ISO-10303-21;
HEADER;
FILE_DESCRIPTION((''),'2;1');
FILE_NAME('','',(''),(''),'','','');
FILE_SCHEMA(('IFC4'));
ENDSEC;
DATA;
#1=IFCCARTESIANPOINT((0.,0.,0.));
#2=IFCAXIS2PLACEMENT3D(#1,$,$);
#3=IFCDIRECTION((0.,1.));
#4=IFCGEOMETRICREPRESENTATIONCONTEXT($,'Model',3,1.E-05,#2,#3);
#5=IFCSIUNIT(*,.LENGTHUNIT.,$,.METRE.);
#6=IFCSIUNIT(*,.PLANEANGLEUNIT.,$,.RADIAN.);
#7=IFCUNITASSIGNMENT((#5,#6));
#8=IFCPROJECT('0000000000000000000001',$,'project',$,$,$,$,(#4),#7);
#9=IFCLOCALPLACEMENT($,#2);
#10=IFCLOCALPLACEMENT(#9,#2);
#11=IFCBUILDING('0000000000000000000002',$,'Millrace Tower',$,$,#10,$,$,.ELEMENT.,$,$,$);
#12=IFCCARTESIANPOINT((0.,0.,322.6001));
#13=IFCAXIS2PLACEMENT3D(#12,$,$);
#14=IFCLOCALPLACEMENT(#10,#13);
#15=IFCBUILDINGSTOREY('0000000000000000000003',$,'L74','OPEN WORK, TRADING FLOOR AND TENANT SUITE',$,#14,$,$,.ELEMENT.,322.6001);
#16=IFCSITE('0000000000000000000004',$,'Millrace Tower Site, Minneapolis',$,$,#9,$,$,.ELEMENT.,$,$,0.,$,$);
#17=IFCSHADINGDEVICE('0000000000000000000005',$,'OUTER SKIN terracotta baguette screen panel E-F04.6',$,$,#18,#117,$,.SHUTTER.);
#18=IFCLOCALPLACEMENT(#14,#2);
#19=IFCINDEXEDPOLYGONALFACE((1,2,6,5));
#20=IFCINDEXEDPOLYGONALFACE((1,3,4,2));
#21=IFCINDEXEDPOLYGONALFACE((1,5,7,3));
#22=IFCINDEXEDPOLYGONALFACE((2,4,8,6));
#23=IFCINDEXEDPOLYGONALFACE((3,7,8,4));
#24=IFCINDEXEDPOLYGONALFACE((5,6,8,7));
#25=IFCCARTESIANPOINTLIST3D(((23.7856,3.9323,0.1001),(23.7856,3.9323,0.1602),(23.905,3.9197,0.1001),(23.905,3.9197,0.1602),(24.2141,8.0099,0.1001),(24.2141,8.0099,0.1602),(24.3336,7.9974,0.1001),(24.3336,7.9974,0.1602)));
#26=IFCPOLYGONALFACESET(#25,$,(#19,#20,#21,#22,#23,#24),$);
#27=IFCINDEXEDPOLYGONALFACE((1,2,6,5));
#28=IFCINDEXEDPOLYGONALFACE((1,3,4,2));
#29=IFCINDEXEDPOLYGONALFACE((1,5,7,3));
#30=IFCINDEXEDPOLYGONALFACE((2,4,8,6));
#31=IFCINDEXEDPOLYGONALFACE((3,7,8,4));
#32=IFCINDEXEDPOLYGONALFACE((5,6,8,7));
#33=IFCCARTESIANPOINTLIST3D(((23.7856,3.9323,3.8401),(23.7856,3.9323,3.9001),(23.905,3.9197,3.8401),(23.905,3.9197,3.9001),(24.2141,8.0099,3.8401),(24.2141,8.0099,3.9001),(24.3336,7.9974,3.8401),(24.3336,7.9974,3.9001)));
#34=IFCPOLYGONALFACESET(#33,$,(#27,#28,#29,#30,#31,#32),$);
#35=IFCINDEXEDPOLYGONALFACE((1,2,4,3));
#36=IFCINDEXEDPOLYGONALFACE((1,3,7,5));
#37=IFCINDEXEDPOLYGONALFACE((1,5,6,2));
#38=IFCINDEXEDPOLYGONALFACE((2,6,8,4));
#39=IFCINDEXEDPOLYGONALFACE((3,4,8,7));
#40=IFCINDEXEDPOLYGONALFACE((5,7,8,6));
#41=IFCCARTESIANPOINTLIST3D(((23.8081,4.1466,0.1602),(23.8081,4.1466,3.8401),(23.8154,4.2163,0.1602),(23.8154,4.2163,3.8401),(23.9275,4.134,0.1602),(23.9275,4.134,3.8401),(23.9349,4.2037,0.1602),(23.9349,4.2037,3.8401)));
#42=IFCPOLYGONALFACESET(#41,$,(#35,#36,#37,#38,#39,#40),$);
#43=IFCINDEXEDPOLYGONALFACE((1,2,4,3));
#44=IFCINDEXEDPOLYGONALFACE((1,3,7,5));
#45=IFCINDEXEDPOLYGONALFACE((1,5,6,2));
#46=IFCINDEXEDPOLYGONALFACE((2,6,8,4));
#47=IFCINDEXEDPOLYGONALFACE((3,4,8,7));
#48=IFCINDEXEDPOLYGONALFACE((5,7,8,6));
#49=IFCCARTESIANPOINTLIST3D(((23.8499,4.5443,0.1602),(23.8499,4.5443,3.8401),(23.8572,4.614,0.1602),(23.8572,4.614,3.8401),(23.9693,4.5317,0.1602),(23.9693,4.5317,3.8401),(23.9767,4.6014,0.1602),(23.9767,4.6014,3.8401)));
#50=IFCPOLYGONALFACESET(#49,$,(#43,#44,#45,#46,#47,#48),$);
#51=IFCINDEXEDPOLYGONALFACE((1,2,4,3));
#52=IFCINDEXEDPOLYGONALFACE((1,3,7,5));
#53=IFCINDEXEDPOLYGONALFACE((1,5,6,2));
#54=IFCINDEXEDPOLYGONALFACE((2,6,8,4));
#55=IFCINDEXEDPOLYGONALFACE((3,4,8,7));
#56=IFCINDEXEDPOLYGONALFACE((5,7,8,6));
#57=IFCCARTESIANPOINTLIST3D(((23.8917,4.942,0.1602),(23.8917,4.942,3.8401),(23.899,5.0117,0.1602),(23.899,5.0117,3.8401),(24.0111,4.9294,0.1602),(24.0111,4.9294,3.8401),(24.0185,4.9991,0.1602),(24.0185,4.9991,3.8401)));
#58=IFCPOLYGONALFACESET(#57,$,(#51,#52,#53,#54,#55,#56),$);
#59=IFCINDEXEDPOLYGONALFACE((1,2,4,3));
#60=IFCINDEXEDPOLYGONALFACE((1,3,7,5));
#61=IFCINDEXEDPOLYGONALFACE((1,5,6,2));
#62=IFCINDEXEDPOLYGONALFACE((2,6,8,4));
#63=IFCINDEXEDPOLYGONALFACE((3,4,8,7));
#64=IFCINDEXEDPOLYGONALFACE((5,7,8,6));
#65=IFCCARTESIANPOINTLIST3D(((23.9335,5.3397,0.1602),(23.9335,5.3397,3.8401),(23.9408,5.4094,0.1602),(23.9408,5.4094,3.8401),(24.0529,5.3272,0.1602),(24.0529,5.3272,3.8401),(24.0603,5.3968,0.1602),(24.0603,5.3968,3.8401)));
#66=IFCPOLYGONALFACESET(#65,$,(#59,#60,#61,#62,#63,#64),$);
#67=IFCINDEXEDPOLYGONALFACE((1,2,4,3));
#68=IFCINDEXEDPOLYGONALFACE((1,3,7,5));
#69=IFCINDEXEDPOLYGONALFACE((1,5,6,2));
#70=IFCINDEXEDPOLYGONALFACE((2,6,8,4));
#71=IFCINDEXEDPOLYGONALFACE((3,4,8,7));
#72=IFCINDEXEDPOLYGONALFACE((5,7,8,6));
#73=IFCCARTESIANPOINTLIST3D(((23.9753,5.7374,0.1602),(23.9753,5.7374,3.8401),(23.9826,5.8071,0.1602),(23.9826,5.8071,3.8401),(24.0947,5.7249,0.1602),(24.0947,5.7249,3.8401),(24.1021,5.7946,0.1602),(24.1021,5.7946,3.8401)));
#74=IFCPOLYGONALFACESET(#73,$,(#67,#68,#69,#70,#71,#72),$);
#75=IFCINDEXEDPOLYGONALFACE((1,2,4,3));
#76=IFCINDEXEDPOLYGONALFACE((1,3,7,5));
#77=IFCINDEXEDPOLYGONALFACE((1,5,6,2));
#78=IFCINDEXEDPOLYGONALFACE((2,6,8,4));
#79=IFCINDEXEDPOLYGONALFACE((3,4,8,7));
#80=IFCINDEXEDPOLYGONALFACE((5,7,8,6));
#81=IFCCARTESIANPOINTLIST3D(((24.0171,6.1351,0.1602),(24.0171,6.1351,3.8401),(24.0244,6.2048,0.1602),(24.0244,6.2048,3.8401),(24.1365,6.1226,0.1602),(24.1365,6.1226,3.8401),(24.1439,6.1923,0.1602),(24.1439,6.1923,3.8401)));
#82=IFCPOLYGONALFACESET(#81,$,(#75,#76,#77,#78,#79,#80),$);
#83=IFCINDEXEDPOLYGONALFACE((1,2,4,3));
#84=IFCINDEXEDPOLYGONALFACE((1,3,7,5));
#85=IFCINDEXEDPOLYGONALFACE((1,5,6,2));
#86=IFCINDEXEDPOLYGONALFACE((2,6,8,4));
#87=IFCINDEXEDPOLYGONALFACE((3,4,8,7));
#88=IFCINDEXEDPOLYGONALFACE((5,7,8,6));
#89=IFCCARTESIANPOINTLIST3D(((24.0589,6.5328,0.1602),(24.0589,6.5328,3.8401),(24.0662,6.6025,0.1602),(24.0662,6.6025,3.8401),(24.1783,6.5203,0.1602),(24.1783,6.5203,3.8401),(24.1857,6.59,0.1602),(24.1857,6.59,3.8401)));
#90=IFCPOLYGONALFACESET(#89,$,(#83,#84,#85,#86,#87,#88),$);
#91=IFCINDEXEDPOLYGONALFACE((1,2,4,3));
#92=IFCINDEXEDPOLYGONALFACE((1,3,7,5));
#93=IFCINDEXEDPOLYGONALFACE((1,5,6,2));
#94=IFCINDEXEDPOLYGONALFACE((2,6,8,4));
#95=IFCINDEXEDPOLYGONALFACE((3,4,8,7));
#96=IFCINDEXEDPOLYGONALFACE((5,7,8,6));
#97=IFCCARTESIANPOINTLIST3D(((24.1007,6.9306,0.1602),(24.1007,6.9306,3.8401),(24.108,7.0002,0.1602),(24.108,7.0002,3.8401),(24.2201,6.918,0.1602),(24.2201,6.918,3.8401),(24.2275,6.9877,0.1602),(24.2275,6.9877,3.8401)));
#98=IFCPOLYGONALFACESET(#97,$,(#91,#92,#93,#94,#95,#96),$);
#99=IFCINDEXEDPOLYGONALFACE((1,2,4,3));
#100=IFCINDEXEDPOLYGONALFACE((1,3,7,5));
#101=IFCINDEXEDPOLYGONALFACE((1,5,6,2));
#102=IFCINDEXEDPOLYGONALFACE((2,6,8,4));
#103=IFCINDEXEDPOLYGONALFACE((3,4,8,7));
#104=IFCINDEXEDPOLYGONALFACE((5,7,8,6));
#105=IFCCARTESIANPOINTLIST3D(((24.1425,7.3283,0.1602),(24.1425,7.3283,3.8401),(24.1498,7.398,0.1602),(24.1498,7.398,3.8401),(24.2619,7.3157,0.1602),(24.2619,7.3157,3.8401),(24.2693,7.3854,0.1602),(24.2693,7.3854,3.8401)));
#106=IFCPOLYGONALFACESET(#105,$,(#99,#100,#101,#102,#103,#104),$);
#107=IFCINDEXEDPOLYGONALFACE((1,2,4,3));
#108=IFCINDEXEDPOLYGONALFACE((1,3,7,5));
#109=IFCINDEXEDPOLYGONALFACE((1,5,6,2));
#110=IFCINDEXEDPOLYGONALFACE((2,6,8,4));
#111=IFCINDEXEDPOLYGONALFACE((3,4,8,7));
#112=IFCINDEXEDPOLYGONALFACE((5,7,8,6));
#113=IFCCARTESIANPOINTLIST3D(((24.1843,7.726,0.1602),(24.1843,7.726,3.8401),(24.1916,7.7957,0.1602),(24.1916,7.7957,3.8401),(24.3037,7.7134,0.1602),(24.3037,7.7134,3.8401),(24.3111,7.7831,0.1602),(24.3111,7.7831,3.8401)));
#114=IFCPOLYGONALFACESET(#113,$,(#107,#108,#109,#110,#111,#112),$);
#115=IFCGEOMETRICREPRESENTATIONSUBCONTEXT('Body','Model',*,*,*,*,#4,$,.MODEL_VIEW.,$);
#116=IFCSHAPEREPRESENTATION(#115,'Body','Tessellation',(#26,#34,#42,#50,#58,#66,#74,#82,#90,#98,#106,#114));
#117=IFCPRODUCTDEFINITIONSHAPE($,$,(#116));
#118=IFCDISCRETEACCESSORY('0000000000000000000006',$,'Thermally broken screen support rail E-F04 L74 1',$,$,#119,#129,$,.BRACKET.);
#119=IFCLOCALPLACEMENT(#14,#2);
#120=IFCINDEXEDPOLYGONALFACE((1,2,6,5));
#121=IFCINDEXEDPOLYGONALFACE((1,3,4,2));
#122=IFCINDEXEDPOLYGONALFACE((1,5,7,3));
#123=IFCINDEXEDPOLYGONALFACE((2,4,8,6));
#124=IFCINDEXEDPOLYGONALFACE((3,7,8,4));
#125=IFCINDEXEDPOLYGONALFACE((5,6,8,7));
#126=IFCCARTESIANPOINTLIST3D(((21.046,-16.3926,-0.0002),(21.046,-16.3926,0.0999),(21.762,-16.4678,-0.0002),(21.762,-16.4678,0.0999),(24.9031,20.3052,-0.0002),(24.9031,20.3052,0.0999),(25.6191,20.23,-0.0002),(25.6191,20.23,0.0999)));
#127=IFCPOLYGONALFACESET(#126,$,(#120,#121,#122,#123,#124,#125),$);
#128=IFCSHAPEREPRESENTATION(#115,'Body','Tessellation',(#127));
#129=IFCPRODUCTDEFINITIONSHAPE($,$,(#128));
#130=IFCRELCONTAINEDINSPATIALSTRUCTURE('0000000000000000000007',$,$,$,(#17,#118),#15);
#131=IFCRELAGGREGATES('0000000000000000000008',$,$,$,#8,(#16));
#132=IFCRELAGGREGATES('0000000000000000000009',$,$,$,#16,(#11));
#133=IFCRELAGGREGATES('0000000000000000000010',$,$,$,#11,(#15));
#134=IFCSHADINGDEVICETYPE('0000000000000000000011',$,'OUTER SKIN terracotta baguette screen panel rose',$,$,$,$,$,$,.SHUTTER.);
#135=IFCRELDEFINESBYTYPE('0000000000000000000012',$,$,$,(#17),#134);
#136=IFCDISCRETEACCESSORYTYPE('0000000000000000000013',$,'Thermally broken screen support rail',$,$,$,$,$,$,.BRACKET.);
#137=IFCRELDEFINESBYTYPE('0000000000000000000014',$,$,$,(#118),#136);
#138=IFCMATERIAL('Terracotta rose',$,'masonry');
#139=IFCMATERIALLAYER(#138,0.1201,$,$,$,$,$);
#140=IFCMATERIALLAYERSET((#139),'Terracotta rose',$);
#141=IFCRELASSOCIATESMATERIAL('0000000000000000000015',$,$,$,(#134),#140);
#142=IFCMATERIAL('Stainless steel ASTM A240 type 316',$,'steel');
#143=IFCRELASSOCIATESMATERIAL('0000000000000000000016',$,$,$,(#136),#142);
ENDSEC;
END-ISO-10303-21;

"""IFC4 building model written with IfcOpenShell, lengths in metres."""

from ifc_helpers import new_model, entity, si_unit, direction, frame, frame_2d, origin, origin_2d, place, context, subcontext, project, spatial, rectangle, extrude, source, transform, mapped, material, layer, layer_set, type_object, element, save


model = new_model("IFC4")

# Units and contexts
model_context = context("Model", 3, precision=1e-05, world=origin(), true_north=direction((0.0, 1.0)))
body_context = subcontext(model_context, "Body", "Model", "MODEL_VIEW")
ifc_project = project(units=[si_unit("LENGTHUNIT", "METRE"), si_unit("PLANEANGLEUNIT", "RADIAN")], contexts=[model_context])

# Site, building, storey
site_placement = place(None, origin())
site = spatial("IfcSite", under=ifc_project, at=site_placement, Name="Millrace Tower Site, Minneapolis", CompositionType="ELEMENT", RefElevation=0.0)
building_placement = place(site_placement, origin())
building = spatial("IfcBuilding", under=site, at=building_placement, Name="Millrace Tower", CompositionType="ELEMENT")
storey_placement = place(building_placement, frame((0.0, 0.0, 322.6001)))
storey = spatial("IfcBuildingStorey", under=building, at=storey_placement, Name="L74", Description="OPEN WORK, TRADING FLOOR AND TENANT SUITE", CompositionType="ELEMENT", Elevation=322.6001)

# Shading device
ifc_material_1 = material(Name="Terracotta rose", Category="masonry")
ifc_layer_1 = layer(ifc_material_1, 0.1201)
ifc_layer_set_1 = layer_set([ifc_layer_1], Name="Terracotta rose")
shading_device_type = type_object("IfcShadingDeviceType", Name="OUTER SKIN terracotta baguette screen panel rose", PredefinedType="SHUTTER", material=ifc_layer_set_1)
cartesian_point = entity("IfcCartesianPoint", [-2.05, 0.0601])
shared_polyline = entity("IfcPolyline", [cartesian_point, entity("IfcCartesianPoint", [2.05, 0.0601]), entity("IfcCartesianPoint", [2.05, -0.0601]), entity("IfcCartesianPoint", [-2.05, -0.0601]), cartesian_point])
shared_shape = source(origin(), body_context, "Body", "SweptSolid", [
    entity("IfcExtrudedAreaSolid", entity("IfcArbitraryClosedProfileDef", "AREA", None, shared_polyline), entity("IfcAxis2Placement3D", entity("IfcCartesianPoint", [0.0, 0.0, 0.0])), entity("IfcDirection", [0.0, 0.0, 1.0]), 0.0601),
    entity("IfcExtrudedAreaSolid", entity("IfcArbitraryClosedProfileDef", "AREA", None, shared_polyline), entity("IfcAxis2Placement3D", entity("IfcCartesianPoint", [0.0, 0.0, 3.74])), entity("IfcDirection", [0.0, 0.0, 1.0]), 0.0601),
    extrude(rectangle(XDim=0.0701, YDim=0.1201, at=frame_2d((-1.7996, 0.0))), frame((0.0, 0.0, 0.0601)), (0.0, 0.0, 1.0), 3.6799),
    extrude(rectangle(XDim=0.0701, YDim=0.1201, at=frame_2d((-1.3997, 0.0))), frame((0.0, 0.0, 0.0601)), (0.0, 0.0, 1.0), 3.6799),
    extrude(rectangle(XDim=0.0701, YDim=0.1201, at=frame_2d((-0.9998, 0.0))), frame((0.0, 0.0, 0.0601)), (0.0, 0.0, 1.0), 3.6799),
    extrude(rectangle(XDim=0.0701, YDim=0.1201, at=frame_2d((-0.5999, 0.0))), frame((0.0, 0.0, 0.0601)), (0.0, 0.0, 1.0), 3.6799),
    extrude(rectangle(XDim=0.0701, YDim=0.1201, at=frame_2d((-0.2, 0.0))), frame((0.0, 0.0, 0.0601)), (0.0, 0.0, 1.0), 3.6799),
    extrude(rectangle(XDim=0.0701, YDim=0.1201, at=frame_2d((0.2, 0.0))), frame((0.0, 0.0, 0.0601)), (0.0, 0.0, 1.0), 3.6799),
    extrude(rectangle(XDim=0.0701, YDim=0.1201, at=frame_2d((0.5999, 0.0))), frame((0.0, 0.0, 0.0601)), (0.0, 0.0, 1.0), 3.6799),
    extrude(rectangle(XDim=0.0701, YDim=0.1201, at=frame_2d((0.9998, 0.0))), frame((0.0, 0.0, 0.0601)), (0.0, 0.0, 1.0), 3.6799),
    extrude(rectangle(XDim=0.0701, YDim=0.1201, at=frame_2d((1.3997, 0.0))), frame((0.0, 0.0, 0.0601)), (0.0, 0.0, 1.0), 3.6799),
    extrude(rectangle(XDim=0.0701, YDim=0.1201, at=frame_2d((1.7996, 0.0))), frame((0.0, 0.0, 0.0601)), (0.0, 0.0, 1.0), 3.6799),
])
for number, where, z_axis, x_axis, name in (
    (1, (24.0596, 5.9648, 0.1001), (0.0, 0.0, 1.0), (0.104528, 0.994522, 0.0), "OUTER SKIN terracotta baguette screen panel E-F04.6"),
):
    element("IfcShadingDevice", number, at=place(storey_placement, frame(where, z_axis=z_axis, x_axis=x_axis)), inside=storey, type_object=shading_device_type, Name=name, PredefinedType="SHUTTER", context=body_context, shape_type="MappedRepresentation", body=[
        mapped(shared_shape, transform((0.0, 0.0, 0.0), scale=1.0)),
    ])

# Discrete accessory
ifc_material_2 = material(Name="Stainless steel ASTM A240 type 316", Category="steel")
discrete_accessory_type = type_object("IfcDiscreteAccessoryType", Name="Thermally broken screen support rail", PredefinedType="BRACKET", material=ifc_material_2)
discrete_accessory_placement = place(storey_placement, frame((23.3325, 1.9187, -0.0002), z_axis=(0.0, 0.0, 1.0), x_axis=(0.104528, 0.994522, 0.0)))
element("IfcDiscreteAccessory", 2, at=discrete_accessory_placement, inside=storey, type_object=discrete_accessory_type, Name="Thermally broken screen support rail E-F04 L74 1", PredefinedType="BRACKET", context=body_context, shape_type="SweptSolid", body=[
    extrude(rectangle(XDim=36.8999, YDim=0.72, at=origin_2d()), origin(), (0.0, 0.0, 1.0), 0.1001),
])

save(model, "model.ifc")
